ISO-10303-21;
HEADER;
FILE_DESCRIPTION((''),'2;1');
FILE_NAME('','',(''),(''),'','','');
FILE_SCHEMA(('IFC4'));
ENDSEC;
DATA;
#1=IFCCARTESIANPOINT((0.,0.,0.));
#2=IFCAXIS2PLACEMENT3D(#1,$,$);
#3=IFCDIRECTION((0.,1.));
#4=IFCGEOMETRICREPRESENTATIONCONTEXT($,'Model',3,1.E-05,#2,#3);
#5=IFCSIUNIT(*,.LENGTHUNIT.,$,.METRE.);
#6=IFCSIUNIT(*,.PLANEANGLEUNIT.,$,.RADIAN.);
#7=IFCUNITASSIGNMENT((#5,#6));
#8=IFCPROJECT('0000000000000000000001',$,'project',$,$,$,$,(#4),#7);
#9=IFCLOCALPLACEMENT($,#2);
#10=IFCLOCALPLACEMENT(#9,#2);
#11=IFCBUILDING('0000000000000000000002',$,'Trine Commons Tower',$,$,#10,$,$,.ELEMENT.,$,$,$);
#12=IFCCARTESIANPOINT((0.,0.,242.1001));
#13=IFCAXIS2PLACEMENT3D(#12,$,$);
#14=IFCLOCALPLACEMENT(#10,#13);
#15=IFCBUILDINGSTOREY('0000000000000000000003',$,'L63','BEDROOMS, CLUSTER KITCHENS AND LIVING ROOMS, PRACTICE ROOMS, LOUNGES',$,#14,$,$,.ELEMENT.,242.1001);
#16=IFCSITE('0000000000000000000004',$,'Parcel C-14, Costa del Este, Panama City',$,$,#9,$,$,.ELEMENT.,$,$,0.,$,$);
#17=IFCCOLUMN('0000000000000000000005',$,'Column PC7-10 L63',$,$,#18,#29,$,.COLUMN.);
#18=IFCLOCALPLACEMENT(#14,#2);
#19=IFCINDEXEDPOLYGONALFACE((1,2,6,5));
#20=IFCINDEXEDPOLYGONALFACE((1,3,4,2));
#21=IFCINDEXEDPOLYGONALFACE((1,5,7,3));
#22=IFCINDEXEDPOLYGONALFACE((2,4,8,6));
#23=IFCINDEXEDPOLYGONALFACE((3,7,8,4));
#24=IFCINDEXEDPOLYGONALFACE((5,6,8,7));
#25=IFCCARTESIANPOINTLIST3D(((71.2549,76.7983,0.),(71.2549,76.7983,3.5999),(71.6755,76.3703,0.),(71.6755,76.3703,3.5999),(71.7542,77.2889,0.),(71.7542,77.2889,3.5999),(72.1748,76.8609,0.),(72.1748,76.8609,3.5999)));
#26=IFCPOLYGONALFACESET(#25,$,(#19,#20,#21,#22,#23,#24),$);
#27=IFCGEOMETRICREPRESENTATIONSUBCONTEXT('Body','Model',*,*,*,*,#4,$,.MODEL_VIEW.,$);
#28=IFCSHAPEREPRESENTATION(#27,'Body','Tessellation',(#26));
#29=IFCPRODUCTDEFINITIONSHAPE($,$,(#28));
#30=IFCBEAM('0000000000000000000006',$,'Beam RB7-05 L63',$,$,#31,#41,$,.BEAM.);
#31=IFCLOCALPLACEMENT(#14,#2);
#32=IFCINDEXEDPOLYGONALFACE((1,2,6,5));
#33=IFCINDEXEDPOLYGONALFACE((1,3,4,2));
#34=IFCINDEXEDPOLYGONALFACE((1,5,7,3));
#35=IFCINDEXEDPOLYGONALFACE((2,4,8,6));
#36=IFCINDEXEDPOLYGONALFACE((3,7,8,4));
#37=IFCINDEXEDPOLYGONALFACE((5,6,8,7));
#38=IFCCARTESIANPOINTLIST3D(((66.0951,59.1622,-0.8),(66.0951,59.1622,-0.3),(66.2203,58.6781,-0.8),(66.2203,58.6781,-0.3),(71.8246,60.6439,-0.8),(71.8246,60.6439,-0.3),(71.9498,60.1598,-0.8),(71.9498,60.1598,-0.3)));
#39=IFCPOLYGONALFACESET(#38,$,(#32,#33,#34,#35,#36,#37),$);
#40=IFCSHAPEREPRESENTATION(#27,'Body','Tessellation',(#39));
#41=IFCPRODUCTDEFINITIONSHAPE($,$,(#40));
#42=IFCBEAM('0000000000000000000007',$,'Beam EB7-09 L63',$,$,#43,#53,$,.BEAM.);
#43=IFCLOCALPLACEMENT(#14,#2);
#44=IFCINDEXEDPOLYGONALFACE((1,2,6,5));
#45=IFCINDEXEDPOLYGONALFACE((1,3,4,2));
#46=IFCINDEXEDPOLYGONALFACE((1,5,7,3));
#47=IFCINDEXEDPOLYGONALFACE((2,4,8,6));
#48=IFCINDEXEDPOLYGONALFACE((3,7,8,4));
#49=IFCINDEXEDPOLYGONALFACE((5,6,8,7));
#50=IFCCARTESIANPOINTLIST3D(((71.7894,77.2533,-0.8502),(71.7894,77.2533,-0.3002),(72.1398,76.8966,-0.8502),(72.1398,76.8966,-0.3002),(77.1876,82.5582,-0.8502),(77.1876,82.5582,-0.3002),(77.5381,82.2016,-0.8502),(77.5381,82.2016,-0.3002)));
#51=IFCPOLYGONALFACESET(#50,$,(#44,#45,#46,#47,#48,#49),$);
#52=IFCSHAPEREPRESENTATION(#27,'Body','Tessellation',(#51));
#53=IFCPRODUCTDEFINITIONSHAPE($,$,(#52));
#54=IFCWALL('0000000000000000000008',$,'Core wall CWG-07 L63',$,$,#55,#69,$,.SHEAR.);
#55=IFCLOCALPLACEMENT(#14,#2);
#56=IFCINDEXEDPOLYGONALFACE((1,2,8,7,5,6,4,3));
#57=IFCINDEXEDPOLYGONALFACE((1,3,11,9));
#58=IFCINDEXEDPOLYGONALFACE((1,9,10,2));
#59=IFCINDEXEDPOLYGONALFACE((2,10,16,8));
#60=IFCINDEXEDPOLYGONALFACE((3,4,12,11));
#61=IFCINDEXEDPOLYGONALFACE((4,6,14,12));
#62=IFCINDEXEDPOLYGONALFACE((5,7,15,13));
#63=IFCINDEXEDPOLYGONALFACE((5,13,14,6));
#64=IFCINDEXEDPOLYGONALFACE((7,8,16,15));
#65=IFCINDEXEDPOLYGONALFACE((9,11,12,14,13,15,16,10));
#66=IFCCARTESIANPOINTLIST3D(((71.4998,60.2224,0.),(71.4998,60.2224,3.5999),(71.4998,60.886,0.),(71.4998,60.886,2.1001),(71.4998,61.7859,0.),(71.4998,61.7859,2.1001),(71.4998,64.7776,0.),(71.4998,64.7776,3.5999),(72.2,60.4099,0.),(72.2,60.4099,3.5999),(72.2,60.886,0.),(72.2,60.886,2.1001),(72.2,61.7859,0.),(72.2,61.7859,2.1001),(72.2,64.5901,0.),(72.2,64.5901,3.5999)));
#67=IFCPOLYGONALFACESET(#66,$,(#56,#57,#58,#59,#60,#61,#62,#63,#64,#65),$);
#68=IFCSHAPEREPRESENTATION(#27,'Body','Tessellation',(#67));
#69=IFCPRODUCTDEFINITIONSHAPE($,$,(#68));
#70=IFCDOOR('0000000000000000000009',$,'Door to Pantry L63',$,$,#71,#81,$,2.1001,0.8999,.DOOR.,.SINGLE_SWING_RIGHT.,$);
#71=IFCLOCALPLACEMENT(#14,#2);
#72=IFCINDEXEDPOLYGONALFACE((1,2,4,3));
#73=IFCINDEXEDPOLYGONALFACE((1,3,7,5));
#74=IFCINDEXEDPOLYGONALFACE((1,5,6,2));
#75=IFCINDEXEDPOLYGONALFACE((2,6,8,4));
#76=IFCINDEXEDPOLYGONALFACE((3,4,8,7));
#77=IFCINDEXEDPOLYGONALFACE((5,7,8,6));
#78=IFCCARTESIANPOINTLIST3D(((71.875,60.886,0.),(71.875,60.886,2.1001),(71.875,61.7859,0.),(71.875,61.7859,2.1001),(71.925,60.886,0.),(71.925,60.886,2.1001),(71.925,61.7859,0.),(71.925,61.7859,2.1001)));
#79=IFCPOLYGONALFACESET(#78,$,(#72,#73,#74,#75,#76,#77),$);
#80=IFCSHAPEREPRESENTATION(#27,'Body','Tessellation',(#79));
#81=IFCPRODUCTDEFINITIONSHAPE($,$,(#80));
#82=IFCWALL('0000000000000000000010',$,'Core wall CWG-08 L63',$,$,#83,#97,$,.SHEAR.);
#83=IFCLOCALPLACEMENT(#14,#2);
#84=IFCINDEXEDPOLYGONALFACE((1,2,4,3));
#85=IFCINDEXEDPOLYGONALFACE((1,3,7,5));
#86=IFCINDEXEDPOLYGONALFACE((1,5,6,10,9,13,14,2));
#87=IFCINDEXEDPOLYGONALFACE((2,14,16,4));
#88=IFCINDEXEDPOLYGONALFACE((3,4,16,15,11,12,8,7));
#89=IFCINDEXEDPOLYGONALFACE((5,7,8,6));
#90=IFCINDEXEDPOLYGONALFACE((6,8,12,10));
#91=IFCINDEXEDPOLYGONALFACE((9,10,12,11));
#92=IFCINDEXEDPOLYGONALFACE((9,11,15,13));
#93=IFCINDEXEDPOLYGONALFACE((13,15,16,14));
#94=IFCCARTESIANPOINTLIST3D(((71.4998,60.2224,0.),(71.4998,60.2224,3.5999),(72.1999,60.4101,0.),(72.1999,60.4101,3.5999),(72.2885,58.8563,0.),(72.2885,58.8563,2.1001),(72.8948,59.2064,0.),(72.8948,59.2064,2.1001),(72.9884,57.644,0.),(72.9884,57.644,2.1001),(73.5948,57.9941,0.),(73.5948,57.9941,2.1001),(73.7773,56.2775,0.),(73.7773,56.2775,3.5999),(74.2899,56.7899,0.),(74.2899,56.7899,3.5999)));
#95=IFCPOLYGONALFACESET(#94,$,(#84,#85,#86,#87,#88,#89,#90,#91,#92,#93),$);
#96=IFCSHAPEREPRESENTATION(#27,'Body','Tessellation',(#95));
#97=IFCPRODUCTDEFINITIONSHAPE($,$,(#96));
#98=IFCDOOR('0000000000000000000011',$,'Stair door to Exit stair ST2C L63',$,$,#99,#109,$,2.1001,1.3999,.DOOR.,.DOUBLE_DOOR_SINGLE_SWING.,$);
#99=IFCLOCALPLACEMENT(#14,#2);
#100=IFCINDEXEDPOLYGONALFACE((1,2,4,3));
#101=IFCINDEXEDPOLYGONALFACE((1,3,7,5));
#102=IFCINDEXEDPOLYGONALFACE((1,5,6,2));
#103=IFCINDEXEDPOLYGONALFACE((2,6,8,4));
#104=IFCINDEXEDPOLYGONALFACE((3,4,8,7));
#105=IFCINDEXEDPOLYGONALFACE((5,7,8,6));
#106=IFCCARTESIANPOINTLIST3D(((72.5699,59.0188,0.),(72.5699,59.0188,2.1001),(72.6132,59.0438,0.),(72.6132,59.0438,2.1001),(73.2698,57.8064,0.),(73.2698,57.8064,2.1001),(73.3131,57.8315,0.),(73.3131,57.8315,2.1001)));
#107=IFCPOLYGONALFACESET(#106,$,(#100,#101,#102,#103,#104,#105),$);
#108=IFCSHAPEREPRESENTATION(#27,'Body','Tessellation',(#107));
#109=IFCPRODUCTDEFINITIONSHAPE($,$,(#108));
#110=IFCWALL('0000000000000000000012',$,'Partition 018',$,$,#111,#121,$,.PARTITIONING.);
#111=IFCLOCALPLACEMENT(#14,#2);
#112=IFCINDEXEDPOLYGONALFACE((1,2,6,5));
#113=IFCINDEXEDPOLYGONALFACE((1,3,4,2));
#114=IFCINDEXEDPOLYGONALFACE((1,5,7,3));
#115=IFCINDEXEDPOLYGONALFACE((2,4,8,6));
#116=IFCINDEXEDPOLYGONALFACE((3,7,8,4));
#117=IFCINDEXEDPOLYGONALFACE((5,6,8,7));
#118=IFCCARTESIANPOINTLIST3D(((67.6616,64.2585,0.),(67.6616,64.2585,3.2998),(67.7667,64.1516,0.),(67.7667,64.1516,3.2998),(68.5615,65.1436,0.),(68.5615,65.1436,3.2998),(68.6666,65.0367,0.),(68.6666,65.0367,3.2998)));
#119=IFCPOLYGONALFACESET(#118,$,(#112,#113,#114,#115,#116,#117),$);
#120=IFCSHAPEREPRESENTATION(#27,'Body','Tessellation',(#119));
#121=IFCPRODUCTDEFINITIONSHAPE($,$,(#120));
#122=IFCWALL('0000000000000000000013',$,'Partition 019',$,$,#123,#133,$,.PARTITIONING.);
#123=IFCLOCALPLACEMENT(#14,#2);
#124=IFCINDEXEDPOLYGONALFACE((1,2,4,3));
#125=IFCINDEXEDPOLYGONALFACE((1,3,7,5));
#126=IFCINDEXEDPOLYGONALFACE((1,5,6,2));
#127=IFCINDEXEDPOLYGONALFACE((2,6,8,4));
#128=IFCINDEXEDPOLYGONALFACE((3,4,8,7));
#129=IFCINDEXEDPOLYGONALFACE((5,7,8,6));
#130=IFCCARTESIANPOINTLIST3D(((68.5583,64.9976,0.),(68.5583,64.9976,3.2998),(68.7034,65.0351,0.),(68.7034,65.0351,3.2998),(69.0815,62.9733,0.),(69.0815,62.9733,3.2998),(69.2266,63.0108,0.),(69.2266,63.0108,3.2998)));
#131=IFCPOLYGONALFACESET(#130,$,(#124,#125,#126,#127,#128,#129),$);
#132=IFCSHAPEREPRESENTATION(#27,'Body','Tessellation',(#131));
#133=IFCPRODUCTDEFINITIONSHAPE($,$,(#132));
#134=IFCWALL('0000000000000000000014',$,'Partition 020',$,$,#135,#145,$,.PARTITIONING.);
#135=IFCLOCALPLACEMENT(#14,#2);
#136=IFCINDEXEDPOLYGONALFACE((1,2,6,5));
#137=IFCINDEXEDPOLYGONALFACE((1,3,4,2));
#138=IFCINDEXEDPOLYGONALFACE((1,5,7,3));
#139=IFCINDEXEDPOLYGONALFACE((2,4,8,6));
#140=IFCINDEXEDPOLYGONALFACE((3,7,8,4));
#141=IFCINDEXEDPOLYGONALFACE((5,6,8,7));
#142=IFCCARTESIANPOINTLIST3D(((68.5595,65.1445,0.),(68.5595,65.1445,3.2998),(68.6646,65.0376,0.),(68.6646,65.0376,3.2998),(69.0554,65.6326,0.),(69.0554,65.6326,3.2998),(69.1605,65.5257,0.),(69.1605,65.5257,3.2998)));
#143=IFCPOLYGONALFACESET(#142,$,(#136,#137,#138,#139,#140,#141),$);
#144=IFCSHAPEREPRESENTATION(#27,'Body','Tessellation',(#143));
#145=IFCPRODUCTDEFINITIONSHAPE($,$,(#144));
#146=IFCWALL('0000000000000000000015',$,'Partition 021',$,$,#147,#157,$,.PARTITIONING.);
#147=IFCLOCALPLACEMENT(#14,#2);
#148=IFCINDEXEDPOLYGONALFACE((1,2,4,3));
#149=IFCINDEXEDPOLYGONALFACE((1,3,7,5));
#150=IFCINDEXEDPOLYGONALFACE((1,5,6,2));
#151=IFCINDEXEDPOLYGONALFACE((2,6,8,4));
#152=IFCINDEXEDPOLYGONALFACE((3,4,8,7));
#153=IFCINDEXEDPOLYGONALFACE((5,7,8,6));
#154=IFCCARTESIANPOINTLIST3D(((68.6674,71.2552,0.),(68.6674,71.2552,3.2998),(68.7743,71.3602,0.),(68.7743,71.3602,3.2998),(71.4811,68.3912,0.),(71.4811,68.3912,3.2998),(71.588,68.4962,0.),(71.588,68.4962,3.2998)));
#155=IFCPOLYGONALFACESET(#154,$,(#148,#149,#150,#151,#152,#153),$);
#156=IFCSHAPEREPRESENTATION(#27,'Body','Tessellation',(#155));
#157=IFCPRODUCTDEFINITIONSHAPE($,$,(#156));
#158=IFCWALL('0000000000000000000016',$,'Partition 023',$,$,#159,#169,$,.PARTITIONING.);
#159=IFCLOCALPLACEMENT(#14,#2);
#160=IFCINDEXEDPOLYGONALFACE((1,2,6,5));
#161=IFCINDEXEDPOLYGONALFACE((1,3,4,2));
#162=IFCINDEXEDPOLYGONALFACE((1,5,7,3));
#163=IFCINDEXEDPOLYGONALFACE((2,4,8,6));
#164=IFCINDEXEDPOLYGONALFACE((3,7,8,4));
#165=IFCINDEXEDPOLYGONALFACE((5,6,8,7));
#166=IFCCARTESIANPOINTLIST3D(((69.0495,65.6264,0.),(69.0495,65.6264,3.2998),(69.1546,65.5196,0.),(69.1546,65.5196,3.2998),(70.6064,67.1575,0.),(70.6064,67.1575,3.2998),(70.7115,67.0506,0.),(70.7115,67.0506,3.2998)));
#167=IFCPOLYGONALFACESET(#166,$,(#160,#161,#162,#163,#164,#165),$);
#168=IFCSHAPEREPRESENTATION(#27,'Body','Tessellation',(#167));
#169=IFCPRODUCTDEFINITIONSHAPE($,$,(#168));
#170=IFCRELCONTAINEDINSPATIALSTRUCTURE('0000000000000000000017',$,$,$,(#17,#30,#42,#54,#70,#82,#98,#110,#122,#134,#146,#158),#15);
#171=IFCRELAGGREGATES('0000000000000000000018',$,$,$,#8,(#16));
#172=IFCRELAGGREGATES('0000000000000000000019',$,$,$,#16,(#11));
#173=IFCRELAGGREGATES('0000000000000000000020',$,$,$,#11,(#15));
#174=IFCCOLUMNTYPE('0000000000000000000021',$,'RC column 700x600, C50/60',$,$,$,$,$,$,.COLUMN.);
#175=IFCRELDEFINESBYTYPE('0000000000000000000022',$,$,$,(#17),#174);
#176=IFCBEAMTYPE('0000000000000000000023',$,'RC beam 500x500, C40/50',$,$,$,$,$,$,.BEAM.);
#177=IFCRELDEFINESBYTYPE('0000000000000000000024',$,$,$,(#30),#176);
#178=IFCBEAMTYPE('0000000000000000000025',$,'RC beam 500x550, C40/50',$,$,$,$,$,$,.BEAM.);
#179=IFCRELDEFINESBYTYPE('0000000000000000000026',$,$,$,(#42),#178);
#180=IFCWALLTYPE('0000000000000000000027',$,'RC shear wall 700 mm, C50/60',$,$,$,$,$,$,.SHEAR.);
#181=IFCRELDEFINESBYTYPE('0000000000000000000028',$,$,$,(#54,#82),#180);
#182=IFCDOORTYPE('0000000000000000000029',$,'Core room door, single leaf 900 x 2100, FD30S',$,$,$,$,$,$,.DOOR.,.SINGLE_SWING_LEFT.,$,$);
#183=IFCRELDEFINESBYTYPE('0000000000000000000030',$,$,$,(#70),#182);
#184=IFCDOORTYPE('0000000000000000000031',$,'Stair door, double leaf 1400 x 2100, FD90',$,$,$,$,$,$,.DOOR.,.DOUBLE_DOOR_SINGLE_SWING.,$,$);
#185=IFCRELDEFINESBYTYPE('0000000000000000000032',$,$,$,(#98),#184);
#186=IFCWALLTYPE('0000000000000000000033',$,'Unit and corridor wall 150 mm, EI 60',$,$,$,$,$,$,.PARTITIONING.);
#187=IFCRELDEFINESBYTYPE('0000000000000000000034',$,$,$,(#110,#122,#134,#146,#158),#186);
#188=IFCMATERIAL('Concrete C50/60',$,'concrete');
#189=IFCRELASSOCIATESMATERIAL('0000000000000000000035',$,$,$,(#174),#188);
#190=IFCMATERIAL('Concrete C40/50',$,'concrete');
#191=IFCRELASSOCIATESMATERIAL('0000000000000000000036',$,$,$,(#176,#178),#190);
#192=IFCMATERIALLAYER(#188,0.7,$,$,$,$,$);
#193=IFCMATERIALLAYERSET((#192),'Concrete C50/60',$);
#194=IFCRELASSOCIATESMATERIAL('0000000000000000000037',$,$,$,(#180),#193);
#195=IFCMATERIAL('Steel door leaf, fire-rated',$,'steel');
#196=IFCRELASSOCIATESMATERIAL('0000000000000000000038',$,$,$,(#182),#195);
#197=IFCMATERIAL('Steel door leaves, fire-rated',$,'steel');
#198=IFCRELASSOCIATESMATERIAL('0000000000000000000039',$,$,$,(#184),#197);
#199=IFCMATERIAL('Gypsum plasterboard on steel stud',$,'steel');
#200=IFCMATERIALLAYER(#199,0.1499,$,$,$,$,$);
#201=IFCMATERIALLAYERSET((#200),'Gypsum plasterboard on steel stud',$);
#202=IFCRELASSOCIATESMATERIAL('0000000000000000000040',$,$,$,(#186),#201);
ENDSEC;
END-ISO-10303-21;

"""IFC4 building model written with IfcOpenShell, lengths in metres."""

from ifc_helpers import new_model, si_unit, direction, frame, frame_2d, origin, origin_2d, place, context, subcontext, project, spatial, polyline, rectangle, outline, extrude, material, layer, layer_set, material_profile, profile_set, type_object, element, fill, save


model = new_model("IFC4")

# Units and contexts
model_context = context("Model", 3, precision=1e-05, world=origin(), true_north=direction((0.0, 1.0)))
body_context = subcontext(model_context, "Body", "Model", "MODEL_VIEW")
ifc_project = project(units=[si_unit("LENGTHUNIT", "METRE"), si_unit("PLANEANGLEUNIT", "RADIAN")], contexts=[model_context])

# Site, building, storey
site_placement = place(None, origin())
site = spatial("IfcSite", under=ifc_project, at=site_placement, Name="Parcel C-14, Costa del Este, Panama City", CompositionType="ELEMENT", RefElevation=0.0)
building_placement = place(site_placement, origin())
building = spatial("IfcBuilding", under=site, at=building_placement, Name="Trine Commons Tower", CompositionType="ELEMENT")
storey_placement = place(building_placement, frame((0.0, 0.0, 242.1001)))
storey = spatial("IfcBuildingStorey", under=building, at=storey_placement, Name="L63", Description="BEDROOMS, CLUSTER KITCHENS AND LIVING ROOMS, PRACTICE ROOMS, LOUNGES", CompositionType="ELEMENT", Elevation=242.1001)

# Column
ifc_material_1 = material(Name="Concrete C50/60", Category="concrete")
ifc_material_profile_1 = material_profile(ifc_material_1, rectangle(XDim=0.7, YDim=0.6001, at=origin_2d()), Name="RC 700x600")
ifc_profile_set_1 = profile_set([ifc_material_profile_1], Name="Concrete C50/60")
column_type = type_object("IfcColumnType", Name="RC column 700x600, C50/60", PredefinedType="COLUMN", material=ifc_profile_set_1)
column_placement = place(storey_placement, frame((71.7148, 76.8296, 0.0), z_axis=(0.0, 0.0, 1.0), x_axis=(0.71325, 0.700909, 0.0)))
element("IfcColumn", 1, at=column_placement, inside=storey, type_object=column_type, Name="Column PC7-10 L63", PredefinedType="COLUMN", context=body_context, shape_type="SweptSolid", body=[
    extrude(rectangle(XDim=0.7, YDim=0.6001, at=origin_2d()), origin(), (0.0, 0.0, 1.0), 3.5999),
])

# Beams
ifc_material_2 = material(Name="Concrete C40/50", Category="concrete")
ifc_material_profile_2 = material_profile(ifc_material_2, rectangle(XDim=0.5, YDim=0.5, at=origin_2d()), Name="RC 500x500")
ifc_profile_set_2 = profile_set([ifc_material_profile_2], Name="Concrete C40/50")
beam_type_1 = type_object("IfcBeamType", Name="RC beam 500x500, C40/50", PredefinedType="BEAM", material=ifc_profile_set_2)
beam_1_placement = place(storey_placement, frame((71.8872, 60.4019, -0.55), z_axis=(-0.96815, -0.250371, 0.0), x_axis=(0.250371, -0.96815, 0.0)))
element("IfcBeam", 2, at=beam_1_placement, inside=storey, type_object=beam_type_1, Name="Beam RB7-05 L63", PredefinedType="BEAM", context=body_context, shape_type="SweptSolid", body=[
    extrude(rectangle(XDim=0.5, YDim=0.5, at=origin_2d()), origin(), (0.0, 0.0, 1.0), 5.918),
])
ifc_material_profile_3 = material_profile(ifc_material_2, rectangle(XDim=0.5, YDim=0.55, at=origin_2d()), Name="RC 500x550")
ifc_profile_set_3 = profile_set([ifc_material_profile_3], Name="Concrete C40/50")
beam_type_2 = type_object("IfcBeamType", Name="RC beam 500x550, C40/50", PredefinedType="BEAM", material=ifc_profile_set_3)
beam_2_placement = place(storey_placement, frame((71.9646, 77.075, -0.5752), z_axis=(0.713241, 0.700919, 0.0), x_axis=(-0.700919, 0.713241, 0.0)))
element("IfcBeam", 3, at=beam_2_placement, inside=storey, type_object=beam_type_2, Name="Beam EB7-09 L63", PredefinedType="BEAM", context=body_context, shape_type="SweptSolid", body=[
    extrude(rectangle(XDim=0.5, YDim=0.55, at=origin_2d()), origin(), (0.0, 0.0, 1.0), 7.5686),
])

# Walls, openings, doors
ifc_layer_1 = layer(ifc_material_1, 0.7)
ifc_layer_set_1 = layer_set([ifc_layer_1], Name="Concrete C50/60")
wall_type_1 = type_object("IfcWallType", Name="RC shear wall 700 mm, C50/60", PredefinedType="SHEAR", material=ifc_layer_set_1)
wall_1_placement = place(storey_placement, frame((71.8499, 64.7776, 0.0), z_axis=(0.0, 0.0, 1.0), x_axis=(0.0, -1.0, 0.0)))
wall_1 = element("IfcWall", 4, at=wall_1_placement, inside=storey, type_object=wall_type_1, Name="Core wall CWG-07 L63", PredefinedType="SHEAR", context=body_context, shape_type="SweptSolid", body=[
    extrude(outline(polyline([(0.0, -0.3501), (4.5552, -0.3501), (4.3677, 0.3501), (0.1875, 0.3501), (0.0, -0.3501)])), origin(), (0.0, 0.0, 1.0), 3.5999),
])
opening_1_placement = place(wall_1_placement, frame((2.9917, 0.0, 0.0)))
opening_1 = element("IfcOpeningElement", 5, at=opening_1_placement, cuts=wall_1, PredefinedType="OPENING", context=body_context, shape_type="SweptSolid", body=[
    extrude(rectangle(XDim=0.8999, YDim=2.1001, at=frame_2d((0.45, 1.05))), frame((0.0, 0.3599, 0.0), z_axis=(0.0, -1.0, 0.0), x_axis=(1.0, 0.0, 0.0)), (0.0, 0.0, 1.0), 0.72),
])
ifc_material_3 = material(Name="Steel door leaf, fire-rated", Category="steel")
door_type_1 = type_object("IfcDoorType", Name="Core room door, single leaf 900 x 2100, FD30S", OperationType="SINGLE_SWING_LEFT", PredefinedType="DOOR", material=ifc_material_3)
door_1_placement = place(opening_1_placement, origin())
door_1 = element("IfcDoor", 6, at=door_1_placement, inside=storey, type_object=door_type_1, Name="Door to Pantry L63", OperationType="SINGLE_SWING_RIGHT", OverallHeight=2.1001, OverallWidth=0.8999, PredefinedType="DOOR", context=body_context, shape_type="SweptSolid", body=[
    extrude(rectangle(XDim=0.8999, YDim=2.1001, at=frame_2d((0.45, 1.05))), frame((0.0, 0.0752, 0.0), z_axis=(0.0, -1.0, 0.0), x_axis=(1.0, 0.0, 0.0)), (0.0, 0.0, 1.0), 0.05),
])
fill(opening_1, door_1)
wall_2_placement = place(storey_placement, frame((71.803, 60.3975, 0.0), z_axis=(0.0, 0.0, 1.0), x_axis=(0.499984, -0.866035, 0.0)))
wall_2 = element("IfcWall", 7, at=wall_2_placement, inside=storey, type_object=wall_type_1, Name="Core wall CWG-08 L63", PredefinedType="SHEAR", context=body_context, shape_type="SweptSolid", body=[
    extrude(outline(polyline([(0.0, -0.3501), (4.5552, -0.3501), (4.3677, 0.3501), (0.1875, 0.3501), (0.0, -0.3501)])), origin(), (0.0, 0.0, 1.0), 3.5999),
])
opening_2_placement = place(wall_2_placement, frame((1.5774, 0.0, 0.0)))
opening_2 = element("IfcOpeningElement", 8, at=opening_2_placement, cuts=wall_2, PredefinedType="OPENING", context=body_context, shape_type="SweptSolid", body=[
    extrude(rectangle(XDim=1.3999, YDim=2.1001, at=frame_2d((0.7, 1.05))), frame((0.0, 0.3599, 0.0), z_axis=(0.0, -1.0, 0.0), x_axis=(1.0, 0.0, 0.0)), (0.0, 0.0, 1.0), 0.72),
])
ifc_material_4 = material(Name="Steel door leaves, fire-rated", Category="steel")
door_type_2 = type_object("IfcDoorType", Name="Stair door, double leaf 1400 x 2100, FD90", OperationType="DOUBLE_DOOR_SINGLE_SWING", PredefinedType="DOOR", material=ifc_material_4)
door_2_placement = place(opening_2_placement, origin())
door_2 = element("IfcDoor", 9, at=door_2_placement, inside=storey, type_object=door_type_2, Name="Stair door to Exit stair ST2C L63", OperationType="DOUBLE_DOOR_SINGLE_SWING", OverallHeight=2.1001, OverallWidth=1.3999, PredefinedType="DOOR", context=body_context, shape_type="SweptSolid", body=[
    extrude(rectangle(XDim=1.3999, YDim=2.1001, at=frame_2d((0.7, 1.05))), frame((0.0, 0.0249, 0.0), z_axis=(0.0, -1.0, 0.0), x_axis=(1.0, 0.0, 0.0)), (0.0, 0.0, 1.0), 0.05),
])
fill(opening_2, door_2)

# Walls
ifc_material_5 = material(Name="Gypsum plasterboard on steel stud", Category="steel")
ifc_layer_2 = layer(ifc_material_5, 0.1499)
ifc_layer_set_2 = layer_set([ifc_layer_2], Name="Gypsum plasterboard on steel stud")
wall_type_2 = type_object("IfcWallType", Name="Unit and corridor wall 150 mm, EI 60", PredefinedType="PARTITIONING", material=ifc_layer_set_2)
wall_3_placement = place(storey_placement, frame((67.7141, 64.2051, 0.0), z_axis=(0.0, 0.0, 1.0), x_axis=(0.712982, 0.701183, 0.0)))
element("IfcWall", 10, at=wall_3_placement, inside=storey, type_object=wall_type_2, Name="Partition 018", PredefinedType="PARTITIONING", context=body_context, shape_type="SweptSolid", body=[
    extrude(rectangle(XDim=1.2622, YDim=0.1499, at=frame_2d((0.6311, 0.0))), origin(), (0.0, 0.0, 1.0), 3.2998),
])
wall_4_placement = place(storey_placement, frame((68.6309, 65.0164, 0.0), z_axis=(0.0, 0.0, 1.0), x_axis=(0.250221, -0.968189, 0.0)))
element("IfcWall", 11, at=wall_4_placement, inside=storey, type_object=wall_type_2, Name="Partition 019", PredefinedType="PARTITIONING", context=body_context, shape_type="SweptSolid", body=[
    extrude(rectangle(XDim=2.0908, YDim=0.1499, at=frame_2d((1.0454, 0.0))), origin(), (0.0, 0.0, 1.0), 3.2998),
])
wall_5_placement = place(storey_placement, frame((68.6121, 65.0911, 0.0), z_axis=(0.0, 0.0, 1.0), x_axis=(0.712699, 0.70147, 0.0)))
element("IfcWall", 12, at=wall_5_placement, inside=storey, type_object=wall_type_2, Name="Partition 020", PredefinedType="PARTITIONING", context=body_context, shape_type="SweptSolid", body=[
    extrude(rectangle(XDim=0.6958, YDim=0.1499, at=frame_2d((0.3479, 0.0))), origin(), (0.0, 0.0, 1.0), 3.2998),
])
wall_6_placement = place(storey_placement, frame((68.7209, 71.3076, 0.0), z_axis=(0.0, 0.0, 1.0), x_axis=(0.700816, -0.713342, 0.0)))
element("IfcWall", 13, at=wall_6_placement, inside=storey, type_object=wall_type_2, Name="Partition 021", PredefinedType="PARTITIONING", context=body_context, shape_type="SweptSolid", body=[
    extrude(rectangle(XDim=4.0149, YDim=0.1499, at=frame_2d((2.0073, 0.0))), origin(), (0.0, 0.0, 1.0), 3.2998),
])
wall_7_placement = place(storey_placement, frame((69.1021, 65.573, 0.0), z_axis=(0.0, 0.0, 1.0), x_axis=(0.713008, 0.701156, 0.0)))
element("IfcWall", 14, at=wall_7_placement, inside=storey, type_object=wall_type_2, Name="Partition 023", PredefinedType="PARTITIONING", context=body_context, shape_type="SweptSolid", body=[
    extrude(rectangle(XDim=2.1836, YDim=0.1499, at=frame_2d((1.0918, 0.0))), origin(), (0.0, 0.0, 1.0), 3.2998),
])

save(model, "model.ifc")
